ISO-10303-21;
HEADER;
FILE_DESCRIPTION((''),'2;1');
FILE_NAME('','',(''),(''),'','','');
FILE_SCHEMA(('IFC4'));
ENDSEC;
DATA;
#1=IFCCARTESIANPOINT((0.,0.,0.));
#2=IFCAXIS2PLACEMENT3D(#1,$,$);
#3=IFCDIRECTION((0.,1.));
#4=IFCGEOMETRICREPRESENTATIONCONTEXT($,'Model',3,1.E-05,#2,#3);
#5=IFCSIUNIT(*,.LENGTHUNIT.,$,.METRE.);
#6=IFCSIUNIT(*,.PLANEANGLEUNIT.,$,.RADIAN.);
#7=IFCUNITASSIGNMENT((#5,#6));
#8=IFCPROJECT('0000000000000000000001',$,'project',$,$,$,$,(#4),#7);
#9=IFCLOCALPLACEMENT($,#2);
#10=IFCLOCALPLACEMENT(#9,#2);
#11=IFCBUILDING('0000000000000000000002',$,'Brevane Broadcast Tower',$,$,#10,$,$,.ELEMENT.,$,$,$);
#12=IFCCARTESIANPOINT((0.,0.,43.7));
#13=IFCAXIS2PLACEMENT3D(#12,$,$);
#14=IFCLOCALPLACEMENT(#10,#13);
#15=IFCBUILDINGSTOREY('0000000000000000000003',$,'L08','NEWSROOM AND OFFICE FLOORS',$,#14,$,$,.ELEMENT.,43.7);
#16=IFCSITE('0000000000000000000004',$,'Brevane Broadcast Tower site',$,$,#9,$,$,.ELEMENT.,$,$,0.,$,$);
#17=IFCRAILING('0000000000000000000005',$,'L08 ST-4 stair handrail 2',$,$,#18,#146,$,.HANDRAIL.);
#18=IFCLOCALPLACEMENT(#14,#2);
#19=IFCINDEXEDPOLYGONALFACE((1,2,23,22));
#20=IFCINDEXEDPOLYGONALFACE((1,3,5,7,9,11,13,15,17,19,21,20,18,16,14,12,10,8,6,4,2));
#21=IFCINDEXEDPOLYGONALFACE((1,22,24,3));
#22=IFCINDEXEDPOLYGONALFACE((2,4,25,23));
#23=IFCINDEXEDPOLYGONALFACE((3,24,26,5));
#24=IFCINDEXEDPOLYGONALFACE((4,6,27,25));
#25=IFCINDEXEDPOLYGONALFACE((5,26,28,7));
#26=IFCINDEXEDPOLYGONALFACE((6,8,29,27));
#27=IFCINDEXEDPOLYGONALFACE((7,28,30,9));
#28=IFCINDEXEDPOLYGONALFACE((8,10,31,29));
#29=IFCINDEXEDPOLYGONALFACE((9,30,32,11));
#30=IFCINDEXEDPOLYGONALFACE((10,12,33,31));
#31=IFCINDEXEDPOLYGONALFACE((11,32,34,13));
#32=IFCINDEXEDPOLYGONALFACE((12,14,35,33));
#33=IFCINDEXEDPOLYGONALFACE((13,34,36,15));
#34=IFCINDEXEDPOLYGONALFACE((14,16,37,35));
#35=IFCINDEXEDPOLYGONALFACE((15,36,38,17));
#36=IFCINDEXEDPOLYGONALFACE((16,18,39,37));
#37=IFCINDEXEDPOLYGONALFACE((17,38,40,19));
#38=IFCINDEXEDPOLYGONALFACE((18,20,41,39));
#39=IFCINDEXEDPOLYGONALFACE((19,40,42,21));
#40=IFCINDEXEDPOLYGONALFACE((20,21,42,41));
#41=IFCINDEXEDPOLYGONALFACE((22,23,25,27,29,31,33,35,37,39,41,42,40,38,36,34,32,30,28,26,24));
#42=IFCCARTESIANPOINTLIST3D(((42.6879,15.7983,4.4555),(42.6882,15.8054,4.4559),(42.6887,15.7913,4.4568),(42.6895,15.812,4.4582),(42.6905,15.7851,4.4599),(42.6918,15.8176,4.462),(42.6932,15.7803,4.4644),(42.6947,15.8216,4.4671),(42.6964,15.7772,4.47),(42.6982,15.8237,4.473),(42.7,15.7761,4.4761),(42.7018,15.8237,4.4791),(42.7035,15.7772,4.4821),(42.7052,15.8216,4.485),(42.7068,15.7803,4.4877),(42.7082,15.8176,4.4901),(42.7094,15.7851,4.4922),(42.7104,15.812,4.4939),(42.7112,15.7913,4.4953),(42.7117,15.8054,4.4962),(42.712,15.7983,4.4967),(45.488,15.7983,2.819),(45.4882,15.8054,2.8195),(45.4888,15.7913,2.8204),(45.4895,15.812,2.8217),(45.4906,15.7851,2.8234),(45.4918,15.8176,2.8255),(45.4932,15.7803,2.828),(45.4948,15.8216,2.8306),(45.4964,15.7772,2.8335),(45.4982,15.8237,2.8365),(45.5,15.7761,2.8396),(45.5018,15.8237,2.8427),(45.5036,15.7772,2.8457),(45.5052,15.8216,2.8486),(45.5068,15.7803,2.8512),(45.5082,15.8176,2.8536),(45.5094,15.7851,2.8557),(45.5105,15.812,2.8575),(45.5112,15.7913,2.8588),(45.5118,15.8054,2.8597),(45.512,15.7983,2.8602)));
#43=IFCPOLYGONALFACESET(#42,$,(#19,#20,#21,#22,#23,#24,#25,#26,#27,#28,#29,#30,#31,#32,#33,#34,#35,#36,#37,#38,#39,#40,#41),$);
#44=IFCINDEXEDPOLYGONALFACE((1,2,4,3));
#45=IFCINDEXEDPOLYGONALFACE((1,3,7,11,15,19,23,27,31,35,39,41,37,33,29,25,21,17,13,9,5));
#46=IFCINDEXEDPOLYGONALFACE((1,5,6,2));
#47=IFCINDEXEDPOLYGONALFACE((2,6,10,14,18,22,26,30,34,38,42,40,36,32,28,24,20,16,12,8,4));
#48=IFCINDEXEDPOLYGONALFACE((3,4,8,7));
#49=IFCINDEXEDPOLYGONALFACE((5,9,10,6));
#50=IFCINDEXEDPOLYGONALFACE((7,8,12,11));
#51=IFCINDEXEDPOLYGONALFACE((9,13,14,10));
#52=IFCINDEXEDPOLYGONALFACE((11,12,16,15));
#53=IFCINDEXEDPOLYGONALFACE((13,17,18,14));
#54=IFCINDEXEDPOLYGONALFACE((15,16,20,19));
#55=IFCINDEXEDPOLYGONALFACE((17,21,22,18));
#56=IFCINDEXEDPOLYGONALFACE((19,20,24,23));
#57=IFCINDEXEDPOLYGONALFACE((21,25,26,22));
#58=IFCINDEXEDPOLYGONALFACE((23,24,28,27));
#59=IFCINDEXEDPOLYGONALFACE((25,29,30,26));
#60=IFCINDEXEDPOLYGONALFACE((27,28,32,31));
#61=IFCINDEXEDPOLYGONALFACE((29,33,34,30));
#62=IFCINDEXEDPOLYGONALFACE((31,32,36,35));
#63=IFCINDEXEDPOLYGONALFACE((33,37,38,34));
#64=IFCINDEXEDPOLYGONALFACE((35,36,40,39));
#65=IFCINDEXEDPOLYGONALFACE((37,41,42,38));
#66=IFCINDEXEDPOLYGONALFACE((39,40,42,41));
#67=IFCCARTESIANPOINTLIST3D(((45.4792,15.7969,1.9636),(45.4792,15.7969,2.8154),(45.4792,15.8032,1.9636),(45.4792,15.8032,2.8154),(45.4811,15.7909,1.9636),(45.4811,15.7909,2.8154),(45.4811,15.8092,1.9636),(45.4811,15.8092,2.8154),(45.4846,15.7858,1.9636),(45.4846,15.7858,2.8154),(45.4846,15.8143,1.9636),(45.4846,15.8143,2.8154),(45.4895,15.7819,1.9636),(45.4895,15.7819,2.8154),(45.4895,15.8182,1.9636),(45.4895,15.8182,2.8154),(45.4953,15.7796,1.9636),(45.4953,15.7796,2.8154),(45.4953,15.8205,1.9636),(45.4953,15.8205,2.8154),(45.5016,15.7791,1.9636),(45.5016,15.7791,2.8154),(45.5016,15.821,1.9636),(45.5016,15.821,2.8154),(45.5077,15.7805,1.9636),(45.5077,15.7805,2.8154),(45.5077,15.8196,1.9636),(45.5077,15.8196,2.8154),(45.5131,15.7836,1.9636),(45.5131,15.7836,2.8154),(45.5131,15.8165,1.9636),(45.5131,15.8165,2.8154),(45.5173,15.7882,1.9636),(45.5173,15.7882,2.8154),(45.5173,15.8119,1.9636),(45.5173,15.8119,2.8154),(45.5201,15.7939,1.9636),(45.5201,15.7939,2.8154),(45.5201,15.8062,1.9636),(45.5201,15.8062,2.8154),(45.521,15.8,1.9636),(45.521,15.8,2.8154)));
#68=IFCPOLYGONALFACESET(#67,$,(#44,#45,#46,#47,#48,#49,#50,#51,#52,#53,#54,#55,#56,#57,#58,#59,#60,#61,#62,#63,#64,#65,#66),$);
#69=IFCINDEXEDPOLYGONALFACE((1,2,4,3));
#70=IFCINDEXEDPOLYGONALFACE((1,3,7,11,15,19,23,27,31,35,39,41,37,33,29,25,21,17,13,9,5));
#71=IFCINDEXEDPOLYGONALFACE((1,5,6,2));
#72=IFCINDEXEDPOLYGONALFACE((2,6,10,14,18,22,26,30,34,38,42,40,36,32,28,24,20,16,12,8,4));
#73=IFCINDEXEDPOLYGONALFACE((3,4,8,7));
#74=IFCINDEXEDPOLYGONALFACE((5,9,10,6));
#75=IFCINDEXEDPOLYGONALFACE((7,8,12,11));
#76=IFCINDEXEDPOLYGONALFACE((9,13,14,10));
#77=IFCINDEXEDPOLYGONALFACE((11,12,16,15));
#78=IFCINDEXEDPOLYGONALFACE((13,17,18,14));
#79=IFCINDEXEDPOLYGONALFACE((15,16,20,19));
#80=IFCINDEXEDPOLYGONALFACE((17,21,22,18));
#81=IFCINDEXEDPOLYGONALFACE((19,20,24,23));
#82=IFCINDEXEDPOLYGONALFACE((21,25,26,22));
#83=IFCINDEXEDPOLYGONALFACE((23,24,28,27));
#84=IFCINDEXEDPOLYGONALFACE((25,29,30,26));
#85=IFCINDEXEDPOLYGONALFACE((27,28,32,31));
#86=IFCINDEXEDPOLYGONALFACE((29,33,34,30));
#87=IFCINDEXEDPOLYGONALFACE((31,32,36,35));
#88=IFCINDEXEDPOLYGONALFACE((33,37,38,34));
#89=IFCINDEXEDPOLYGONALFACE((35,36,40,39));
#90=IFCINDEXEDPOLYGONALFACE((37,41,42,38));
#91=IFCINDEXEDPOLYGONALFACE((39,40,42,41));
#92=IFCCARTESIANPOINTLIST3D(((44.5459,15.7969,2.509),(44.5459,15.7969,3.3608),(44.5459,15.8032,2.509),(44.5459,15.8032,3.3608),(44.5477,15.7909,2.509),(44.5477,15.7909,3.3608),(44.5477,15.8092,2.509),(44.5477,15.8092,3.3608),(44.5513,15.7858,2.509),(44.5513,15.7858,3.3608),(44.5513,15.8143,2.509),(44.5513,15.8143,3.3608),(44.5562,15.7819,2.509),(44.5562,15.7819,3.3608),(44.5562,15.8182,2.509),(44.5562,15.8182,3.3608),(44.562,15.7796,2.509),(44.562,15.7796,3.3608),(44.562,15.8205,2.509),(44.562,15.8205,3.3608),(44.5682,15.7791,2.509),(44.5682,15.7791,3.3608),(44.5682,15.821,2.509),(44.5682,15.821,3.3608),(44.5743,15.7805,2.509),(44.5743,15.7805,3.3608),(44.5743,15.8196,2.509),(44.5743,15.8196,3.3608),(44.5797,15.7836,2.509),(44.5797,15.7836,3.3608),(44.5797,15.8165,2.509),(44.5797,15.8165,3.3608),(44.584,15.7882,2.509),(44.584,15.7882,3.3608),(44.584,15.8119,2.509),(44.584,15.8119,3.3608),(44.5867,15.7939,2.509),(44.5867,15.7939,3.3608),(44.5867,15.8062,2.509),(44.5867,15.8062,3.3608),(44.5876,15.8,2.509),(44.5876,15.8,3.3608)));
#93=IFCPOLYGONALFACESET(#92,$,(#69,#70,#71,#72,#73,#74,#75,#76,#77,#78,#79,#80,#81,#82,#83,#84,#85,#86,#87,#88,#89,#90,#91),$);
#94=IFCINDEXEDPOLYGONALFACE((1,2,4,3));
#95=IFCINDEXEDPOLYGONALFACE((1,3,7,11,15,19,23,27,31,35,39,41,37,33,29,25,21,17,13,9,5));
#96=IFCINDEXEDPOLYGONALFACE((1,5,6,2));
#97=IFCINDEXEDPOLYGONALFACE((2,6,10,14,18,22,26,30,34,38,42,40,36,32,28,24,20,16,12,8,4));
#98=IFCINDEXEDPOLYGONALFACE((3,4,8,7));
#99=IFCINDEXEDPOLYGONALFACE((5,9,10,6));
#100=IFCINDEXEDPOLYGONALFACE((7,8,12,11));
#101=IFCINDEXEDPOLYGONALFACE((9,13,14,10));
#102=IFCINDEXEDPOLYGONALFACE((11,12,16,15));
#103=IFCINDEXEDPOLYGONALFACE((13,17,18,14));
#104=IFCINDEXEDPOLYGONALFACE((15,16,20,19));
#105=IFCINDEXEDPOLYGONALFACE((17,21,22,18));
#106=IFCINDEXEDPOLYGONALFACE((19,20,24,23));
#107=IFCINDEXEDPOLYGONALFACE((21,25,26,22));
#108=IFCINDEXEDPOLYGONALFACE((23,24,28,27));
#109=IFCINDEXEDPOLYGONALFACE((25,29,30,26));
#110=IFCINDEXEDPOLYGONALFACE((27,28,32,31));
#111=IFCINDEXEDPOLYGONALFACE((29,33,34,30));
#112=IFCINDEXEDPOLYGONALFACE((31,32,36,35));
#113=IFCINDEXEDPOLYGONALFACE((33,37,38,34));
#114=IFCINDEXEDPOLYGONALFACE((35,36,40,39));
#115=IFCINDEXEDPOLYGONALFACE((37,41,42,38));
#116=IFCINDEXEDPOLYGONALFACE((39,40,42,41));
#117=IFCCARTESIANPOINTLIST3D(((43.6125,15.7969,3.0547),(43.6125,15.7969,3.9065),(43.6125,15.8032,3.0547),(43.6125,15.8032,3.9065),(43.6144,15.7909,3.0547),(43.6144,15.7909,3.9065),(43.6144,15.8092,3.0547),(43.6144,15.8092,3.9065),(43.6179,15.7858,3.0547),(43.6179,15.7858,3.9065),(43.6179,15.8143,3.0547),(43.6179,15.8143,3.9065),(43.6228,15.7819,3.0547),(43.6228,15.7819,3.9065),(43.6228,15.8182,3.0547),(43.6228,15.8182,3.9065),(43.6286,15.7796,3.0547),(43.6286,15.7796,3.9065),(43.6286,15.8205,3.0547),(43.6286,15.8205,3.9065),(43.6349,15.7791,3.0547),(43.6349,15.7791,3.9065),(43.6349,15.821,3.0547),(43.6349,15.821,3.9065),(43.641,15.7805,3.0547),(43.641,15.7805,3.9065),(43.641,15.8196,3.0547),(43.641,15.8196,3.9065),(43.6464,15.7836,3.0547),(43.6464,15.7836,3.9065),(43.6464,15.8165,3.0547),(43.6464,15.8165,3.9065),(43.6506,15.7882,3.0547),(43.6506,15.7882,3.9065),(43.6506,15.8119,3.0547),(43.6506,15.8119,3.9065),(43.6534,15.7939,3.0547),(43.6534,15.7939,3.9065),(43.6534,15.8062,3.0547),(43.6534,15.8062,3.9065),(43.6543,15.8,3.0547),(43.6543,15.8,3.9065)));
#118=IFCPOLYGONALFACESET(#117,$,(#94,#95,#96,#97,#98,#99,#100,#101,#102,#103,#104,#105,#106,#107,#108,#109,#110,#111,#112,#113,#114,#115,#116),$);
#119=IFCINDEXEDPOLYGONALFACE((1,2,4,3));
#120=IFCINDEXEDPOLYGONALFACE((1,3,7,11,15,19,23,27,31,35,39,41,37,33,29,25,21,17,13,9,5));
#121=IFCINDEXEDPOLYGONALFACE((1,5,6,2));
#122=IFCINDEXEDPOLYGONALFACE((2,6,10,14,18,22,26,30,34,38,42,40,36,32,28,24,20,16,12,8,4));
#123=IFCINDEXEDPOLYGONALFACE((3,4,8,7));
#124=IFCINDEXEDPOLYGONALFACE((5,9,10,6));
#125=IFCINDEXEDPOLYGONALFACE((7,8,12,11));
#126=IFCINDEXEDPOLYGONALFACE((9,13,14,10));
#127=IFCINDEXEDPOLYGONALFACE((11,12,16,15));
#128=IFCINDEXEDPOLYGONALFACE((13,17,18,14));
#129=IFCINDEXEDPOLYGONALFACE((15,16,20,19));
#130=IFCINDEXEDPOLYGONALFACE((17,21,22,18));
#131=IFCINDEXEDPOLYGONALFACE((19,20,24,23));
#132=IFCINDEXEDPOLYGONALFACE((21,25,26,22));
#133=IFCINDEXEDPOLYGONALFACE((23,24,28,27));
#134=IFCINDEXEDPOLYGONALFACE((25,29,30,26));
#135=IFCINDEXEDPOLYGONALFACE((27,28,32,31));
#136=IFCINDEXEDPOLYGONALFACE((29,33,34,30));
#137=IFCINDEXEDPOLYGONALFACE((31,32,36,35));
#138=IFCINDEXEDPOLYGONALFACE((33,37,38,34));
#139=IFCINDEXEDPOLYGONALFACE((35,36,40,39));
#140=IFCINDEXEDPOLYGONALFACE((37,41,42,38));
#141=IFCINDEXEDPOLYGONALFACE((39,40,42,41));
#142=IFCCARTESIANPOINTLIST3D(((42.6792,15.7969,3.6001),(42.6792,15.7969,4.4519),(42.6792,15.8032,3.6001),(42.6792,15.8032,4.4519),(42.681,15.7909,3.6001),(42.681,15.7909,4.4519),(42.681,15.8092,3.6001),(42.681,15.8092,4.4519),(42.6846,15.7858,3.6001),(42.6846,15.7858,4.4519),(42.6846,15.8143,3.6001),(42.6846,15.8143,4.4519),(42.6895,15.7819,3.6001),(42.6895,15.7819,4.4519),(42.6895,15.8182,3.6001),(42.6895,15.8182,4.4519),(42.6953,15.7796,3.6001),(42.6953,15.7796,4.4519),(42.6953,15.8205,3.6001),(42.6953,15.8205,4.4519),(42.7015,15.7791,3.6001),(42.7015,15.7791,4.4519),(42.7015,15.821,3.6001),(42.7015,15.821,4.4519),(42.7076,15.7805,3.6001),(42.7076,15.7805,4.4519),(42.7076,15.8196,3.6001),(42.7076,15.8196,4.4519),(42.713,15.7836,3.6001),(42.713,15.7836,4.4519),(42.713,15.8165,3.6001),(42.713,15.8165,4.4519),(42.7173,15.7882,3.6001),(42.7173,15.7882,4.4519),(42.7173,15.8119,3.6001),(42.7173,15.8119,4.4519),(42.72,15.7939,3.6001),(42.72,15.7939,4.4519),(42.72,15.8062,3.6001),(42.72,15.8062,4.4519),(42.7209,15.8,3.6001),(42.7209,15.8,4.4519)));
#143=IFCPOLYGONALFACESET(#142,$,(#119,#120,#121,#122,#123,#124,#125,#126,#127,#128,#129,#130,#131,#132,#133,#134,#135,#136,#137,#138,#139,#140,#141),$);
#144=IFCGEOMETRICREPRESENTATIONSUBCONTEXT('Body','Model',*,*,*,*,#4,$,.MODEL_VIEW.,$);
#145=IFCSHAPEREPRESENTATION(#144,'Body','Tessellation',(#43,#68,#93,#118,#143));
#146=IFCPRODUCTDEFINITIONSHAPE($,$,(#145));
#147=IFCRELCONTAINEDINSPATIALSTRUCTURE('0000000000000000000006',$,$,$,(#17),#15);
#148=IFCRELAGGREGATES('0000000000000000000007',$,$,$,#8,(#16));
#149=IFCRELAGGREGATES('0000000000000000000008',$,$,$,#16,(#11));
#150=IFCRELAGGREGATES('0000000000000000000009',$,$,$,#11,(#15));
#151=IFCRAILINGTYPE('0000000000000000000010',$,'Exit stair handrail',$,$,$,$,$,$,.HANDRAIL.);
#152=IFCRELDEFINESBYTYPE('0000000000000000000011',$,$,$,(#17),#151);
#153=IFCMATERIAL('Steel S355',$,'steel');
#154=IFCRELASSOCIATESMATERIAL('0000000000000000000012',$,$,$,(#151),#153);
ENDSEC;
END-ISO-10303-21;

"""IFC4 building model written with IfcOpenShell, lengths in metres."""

from ifc_helpers import new_model, si_unit, direction, frame, origin, origin_2d, place, context, subcontext, project, spatial, circle, extrude, material, type_object, element, save


model = new_model("IFC4")

# Units and contexts
model_context = context("Model", 3, precision=1e-05, world=origin(), true_north=direction((0.0, 1.0)))
body_context = subcontext(model_context, "Body", "Model", "MODEL_VIEW")
ifc_project = project(units=[si_unit("LENGTHUNIT", "METRE"), si_unit("PLANEANGLEUNIT", "RADIAN")], contexts=[model_context])

# Site, building, storey
site_placement = place(None, origin())
site = spatial("IfcSite", under=ifc_project, at=site_placement, Name="Brevane Broadcast Tower site", CompositionType="ELEMENT", RefElevation=0.0)
building_placement = place(site_placement, origin())
building = spatial("IfcBuilding", under=site, at=building_placement, Name="Brevane Broadcast Tower", CompositionType="ELEMENT")
storey_placement = place(building_placement, frame((0.0, 0.0, 43.7)))
storey = spatial("IfcBuildingStorey", under=building, at=storey_placement, Name="L08", Description="NEWSROOM AND OFFICE FLOORS", CompositionType="ELEMENT", Elevation=43.7)

# Railing
ifc_material_1 = material(Name="Steel S355", Category="steel")
railing_type_1 = type_object("IfcRailingType", Name="Exit stair handrail", PredefinedType="HANDRAIL", material=ifc_material_1)
railing_1_placement = place(storey_placement, frame((45.5, 15.8, 1.9636)))
element("IfcRailing", 1, at=railing_1_placement, inside=storey, type_object=railing_type_1, Name="L08 ST-4 stair handrail 2", PredefinedType="HANDRAIL", context=body_context, shape_type="SweptSolid", body=[
    extrude(circle(Radius=0.0239, at=origin_2d()), frame((0.0, 0.0, 0.876), z_axis=(-0.863361, 0.0, 0.504587), x_axis=(0.0, -1.0, 0.0)), (0.0, 0.0, 1.0), 3.2432),
    extrude(circle(Radius=0.021, at=origin_2d()), origin(), (0.0, 0.0, 1.0), 0.8518),
    extrude(circle(Radius=0.021, at=origin_2d()), frame((-0.9333, 0.0, 0.5454)), (0.0, 0.0, 1.0), 0.8518),
    extrude(circle(Radius=0.021, at=origin_2d()), frame((-1.8667, 0.0, 1.0911)), (0.0, 0.0, 1.0), 0.8518),
    extrude(circle(Radius=0.021, at=origin_2d()), frame((-2.8, 0.0, 1.6365)), (0.0, 0.0, 1.0), 0.8518),
])

save(model, "model.ifc")
